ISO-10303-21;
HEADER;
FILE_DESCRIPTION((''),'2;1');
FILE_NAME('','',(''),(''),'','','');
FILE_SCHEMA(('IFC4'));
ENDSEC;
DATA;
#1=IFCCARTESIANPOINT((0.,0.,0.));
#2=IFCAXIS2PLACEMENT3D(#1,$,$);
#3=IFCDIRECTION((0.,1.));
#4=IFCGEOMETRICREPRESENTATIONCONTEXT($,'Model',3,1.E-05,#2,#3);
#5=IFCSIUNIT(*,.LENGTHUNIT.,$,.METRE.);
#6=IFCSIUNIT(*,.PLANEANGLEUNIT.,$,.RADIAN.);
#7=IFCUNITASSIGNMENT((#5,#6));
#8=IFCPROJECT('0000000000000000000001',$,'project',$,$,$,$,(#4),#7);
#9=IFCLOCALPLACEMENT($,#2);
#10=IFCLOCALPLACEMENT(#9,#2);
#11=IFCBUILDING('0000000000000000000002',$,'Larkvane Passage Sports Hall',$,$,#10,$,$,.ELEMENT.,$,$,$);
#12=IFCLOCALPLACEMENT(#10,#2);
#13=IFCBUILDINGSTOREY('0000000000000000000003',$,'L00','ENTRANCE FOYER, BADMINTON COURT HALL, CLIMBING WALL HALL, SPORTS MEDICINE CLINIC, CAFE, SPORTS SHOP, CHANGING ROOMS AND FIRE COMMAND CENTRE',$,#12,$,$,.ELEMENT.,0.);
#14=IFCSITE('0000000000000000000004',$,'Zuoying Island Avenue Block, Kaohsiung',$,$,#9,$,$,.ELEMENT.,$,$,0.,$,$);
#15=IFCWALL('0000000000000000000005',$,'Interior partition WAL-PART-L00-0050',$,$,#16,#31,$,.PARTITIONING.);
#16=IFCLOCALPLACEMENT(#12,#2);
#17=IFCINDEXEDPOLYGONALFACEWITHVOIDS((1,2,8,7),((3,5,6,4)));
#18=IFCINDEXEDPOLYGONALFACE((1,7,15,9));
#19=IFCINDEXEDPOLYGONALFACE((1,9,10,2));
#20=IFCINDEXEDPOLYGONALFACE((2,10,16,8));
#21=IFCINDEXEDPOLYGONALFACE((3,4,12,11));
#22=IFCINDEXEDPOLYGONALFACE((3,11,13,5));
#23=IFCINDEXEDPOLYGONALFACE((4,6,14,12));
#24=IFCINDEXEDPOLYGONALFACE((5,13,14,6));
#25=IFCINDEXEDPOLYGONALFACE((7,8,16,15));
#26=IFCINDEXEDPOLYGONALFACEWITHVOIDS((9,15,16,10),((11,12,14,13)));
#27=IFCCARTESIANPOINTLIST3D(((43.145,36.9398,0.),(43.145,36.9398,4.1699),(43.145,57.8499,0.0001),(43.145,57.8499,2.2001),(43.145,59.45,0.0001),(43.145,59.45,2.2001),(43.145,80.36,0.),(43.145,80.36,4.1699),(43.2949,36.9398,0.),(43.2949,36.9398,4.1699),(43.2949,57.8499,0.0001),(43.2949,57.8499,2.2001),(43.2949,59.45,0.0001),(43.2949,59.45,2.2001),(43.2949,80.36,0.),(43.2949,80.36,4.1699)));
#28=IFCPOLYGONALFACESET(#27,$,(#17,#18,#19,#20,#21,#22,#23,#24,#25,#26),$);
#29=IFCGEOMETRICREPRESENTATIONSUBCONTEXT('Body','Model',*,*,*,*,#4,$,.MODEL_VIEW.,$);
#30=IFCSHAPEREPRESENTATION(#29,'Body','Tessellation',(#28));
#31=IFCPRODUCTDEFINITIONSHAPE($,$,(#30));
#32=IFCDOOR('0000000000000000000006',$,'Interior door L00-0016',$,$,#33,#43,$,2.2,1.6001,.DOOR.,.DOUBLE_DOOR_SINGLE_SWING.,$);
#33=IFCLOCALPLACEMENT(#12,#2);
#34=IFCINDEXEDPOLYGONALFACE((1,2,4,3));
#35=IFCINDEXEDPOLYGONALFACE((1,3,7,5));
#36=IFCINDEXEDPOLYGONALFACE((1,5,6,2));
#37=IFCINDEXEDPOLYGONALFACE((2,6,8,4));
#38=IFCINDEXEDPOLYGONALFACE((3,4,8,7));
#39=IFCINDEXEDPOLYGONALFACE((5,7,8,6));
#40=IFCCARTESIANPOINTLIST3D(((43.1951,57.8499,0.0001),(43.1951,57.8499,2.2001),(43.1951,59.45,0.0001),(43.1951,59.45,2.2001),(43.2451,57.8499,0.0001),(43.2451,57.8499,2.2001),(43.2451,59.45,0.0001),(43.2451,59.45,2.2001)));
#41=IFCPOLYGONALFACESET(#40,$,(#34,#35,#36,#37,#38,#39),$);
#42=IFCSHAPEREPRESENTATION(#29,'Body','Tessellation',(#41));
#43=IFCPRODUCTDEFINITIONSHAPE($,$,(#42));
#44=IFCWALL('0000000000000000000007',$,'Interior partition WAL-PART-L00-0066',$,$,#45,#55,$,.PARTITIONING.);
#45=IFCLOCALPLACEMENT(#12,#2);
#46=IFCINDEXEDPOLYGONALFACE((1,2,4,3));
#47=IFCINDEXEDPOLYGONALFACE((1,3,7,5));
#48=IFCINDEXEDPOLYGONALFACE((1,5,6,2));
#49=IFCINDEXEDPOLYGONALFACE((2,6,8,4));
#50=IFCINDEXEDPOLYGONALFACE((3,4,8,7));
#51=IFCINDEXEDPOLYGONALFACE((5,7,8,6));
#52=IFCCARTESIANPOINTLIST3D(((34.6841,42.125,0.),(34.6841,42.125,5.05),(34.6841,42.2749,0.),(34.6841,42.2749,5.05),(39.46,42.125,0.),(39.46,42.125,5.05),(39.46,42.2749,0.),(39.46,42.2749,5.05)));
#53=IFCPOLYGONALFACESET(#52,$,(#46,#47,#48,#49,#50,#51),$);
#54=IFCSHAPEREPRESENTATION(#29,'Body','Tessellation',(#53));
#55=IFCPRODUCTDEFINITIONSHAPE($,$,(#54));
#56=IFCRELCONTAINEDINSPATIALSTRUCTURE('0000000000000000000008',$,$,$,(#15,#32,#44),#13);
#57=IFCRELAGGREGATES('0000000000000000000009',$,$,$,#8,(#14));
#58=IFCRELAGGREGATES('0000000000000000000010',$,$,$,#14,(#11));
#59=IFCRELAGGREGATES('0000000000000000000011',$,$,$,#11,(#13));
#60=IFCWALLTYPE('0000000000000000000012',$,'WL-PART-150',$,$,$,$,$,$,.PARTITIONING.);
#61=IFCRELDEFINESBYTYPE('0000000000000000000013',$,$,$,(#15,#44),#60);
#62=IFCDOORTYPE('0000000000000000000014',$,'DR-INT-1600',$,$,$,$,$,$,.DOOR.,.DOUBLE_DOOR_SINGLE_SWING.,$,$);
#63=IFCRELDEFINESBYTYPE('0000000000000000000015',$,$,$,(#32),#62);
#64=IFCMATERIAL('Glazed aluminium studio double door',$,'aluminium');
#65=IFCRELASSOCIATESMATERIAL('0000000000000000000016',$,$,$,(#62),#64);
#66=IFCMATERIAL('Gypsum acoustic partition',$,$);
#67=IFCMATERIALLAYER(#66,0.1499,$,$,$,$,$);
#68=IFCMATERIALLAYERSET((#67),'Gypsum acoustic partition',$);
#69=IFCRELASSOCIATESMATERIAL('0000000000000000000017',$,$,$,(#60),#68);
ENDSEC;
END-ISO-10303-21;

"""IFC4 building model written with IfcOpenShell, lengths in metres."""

from ifc_helpers import new_model, si_unit, direction, frame, frame_2d, origin, place, context, subcontext, project, spatial, rectangle, extrude, material, layer, layer_set, type_object, element, fill, save


model = new_model("IFC4")

# Units and contexts
model_context = context("Model", 3, precision=1e-05, world=origin(), true_north=direction((0.0, 1.0)))
body_context = subcontext(model_context, "Body", "Model", "MODEL_VIEW")
ifc_project = project(units=[si_unit("LENGTHUNIT", "METRE"), si_unit("PLANEANGLEUNIT", "RADIAN")], contexts=[model_context])

# Site, building, storey
site_placement = place(None, origin())
site = spatial("IfcSite", under=ifc_project, at=site_placement, Name="Zuoying Island Avenue Block, Kaohsiung", CompositionType="ELEMENT", RefElevation=0.0)
building_placement = place(site_placement, origin())
building = spatial("IfcBuilding", under=site, at=building_placement, Name="Larkvane Passage Sports Hall", CompositionType="ELEMENT")
storey_placement = place(building_placement, origin())
storey = spatial("IfcBuildingStorey", under=building, at=storey_placement, Name="L00", Description="ENTRANCE FOYER, BADMINTON COURT HALL, CLIMBING WALL HALL, SPORTS MEDICINE CLINIC, CAFE, SPORTS SHOP, CHANGING ROOMS AND FIRE COMMAND CENTRE", CompositionType="ELEMENT", Elevation=0.0)

# Shared definitions
ifc_material_1 = material(Name="Glazed aluminium studio double door", Category="aluminium")
door_type = type_object("IfcDoorType", Name="DR-INT-1600", OperationType="DOUBLE_DOOR_SINGLE_SWING", PredefinedType="DOOR", material=ifc_material_1)

# Wall, opening, door
ifc_material_2 = material(Name="Gypsum acoustic partition")
ifc_layer_1 = layer(ifc_material_2, 0.1499)
ifc_layer_set_1 = layer_set([ifc_layer_1], Name="Gypsum acoustic partition")
wall_type_1 = type_object("IfcWallType", Name="WL-PART-150", PredefinedType="PARTITIONING", material=ifc_layer_set_1)
wall_1_placement = place(storey_placement, frame((43.22, 36.9399, 0.0), z_axis=(0.0, 0.0, 1.0), x_axis=(0.0, 1.0, 0.0)))
wall_1 = element("IfcWall", 1, at=wall_1_placement, inside=storey, type_object=wall_type_1, Name="Interior partition WAL-PART-L00-0050", PredefinedType="PARTITIONING", context=body_context, shape_type="SweptSolid", body=[
    extrude(rectangle(XDim=43.4202, YDim=0.1499, at=frame_2d((21.71, 0.0))), origin(), (0.0, 0.0, 1.0), 4.1699),
])
opening_1_placement = place(wall_1_placement, frame((20.9099, 0.0, 0.0)))
opening_1 = element("IfcOpeningElement", 2, at=opening_1_placement, cuts=wall_1, PredefinedType="OPENING", context=body_context, shape_type="SweptSolid", body=[
    extrude(rectangle(XDim=1.6001, YDim=2.2, at=frame_2d((0.8, 1.1001))), frame((0.0, 0.085, 0.0), z_axis=(0.0, -1.0, 0.0), x_axis=(1.0, 0.0, 0.0)), (0.0, 0.0, 1.0), 0.1699),
])
door_1_placement = place(opening_1_placement, origin())
door_1 = element("IfcDoor", 3, at=door_1_placement, inside=storey, type_object=door_type, Name="Interior door L00-0016", OperationType="DOUBLE_DOOR_SINGLE_SWING", OverallHeight=2.2, OverallWidth=1.6001, PredefinedType="DOOR", context=body_context, shape_type="SweptSolid", body=[
    extrude(rectangle(XDim=1.6001, YDim=2.2, at=frame_2d((0.8, 1.1001))), frame((0.0, 0.0249, 0.0), z_axis=(0.0, -1.0, 0.0), x_axis=(1.0, 0.0, 0.0)), (0.0, 0.0, 1.0), 0.05),
])
fill(opening_1, door_1)

# Wall
wall_2_placement = place(storey_placement, frame((39.46, 42.2, 0.0), z_axis=(0.0, 0.0, 1.0), x_axis=(-1.0, 0.0, 0.0)))
element("IfcWall", 4, at=wall_2_placement, inside=storey, type_object=wall_type_1, Name="Interior partition WAL-PART-L00-0066", PredefinedType="PARTITIONING", context=body_context, shape_type="SweptSolid", body=[
    extrude(rectangle(XDim=4.7759, YDim=0.1499, at=frame_2d((2.3879, 0.0))), origin(), (0.0, 0.0, 1.0), 5.05),
])

save(model, "model.ifc")
